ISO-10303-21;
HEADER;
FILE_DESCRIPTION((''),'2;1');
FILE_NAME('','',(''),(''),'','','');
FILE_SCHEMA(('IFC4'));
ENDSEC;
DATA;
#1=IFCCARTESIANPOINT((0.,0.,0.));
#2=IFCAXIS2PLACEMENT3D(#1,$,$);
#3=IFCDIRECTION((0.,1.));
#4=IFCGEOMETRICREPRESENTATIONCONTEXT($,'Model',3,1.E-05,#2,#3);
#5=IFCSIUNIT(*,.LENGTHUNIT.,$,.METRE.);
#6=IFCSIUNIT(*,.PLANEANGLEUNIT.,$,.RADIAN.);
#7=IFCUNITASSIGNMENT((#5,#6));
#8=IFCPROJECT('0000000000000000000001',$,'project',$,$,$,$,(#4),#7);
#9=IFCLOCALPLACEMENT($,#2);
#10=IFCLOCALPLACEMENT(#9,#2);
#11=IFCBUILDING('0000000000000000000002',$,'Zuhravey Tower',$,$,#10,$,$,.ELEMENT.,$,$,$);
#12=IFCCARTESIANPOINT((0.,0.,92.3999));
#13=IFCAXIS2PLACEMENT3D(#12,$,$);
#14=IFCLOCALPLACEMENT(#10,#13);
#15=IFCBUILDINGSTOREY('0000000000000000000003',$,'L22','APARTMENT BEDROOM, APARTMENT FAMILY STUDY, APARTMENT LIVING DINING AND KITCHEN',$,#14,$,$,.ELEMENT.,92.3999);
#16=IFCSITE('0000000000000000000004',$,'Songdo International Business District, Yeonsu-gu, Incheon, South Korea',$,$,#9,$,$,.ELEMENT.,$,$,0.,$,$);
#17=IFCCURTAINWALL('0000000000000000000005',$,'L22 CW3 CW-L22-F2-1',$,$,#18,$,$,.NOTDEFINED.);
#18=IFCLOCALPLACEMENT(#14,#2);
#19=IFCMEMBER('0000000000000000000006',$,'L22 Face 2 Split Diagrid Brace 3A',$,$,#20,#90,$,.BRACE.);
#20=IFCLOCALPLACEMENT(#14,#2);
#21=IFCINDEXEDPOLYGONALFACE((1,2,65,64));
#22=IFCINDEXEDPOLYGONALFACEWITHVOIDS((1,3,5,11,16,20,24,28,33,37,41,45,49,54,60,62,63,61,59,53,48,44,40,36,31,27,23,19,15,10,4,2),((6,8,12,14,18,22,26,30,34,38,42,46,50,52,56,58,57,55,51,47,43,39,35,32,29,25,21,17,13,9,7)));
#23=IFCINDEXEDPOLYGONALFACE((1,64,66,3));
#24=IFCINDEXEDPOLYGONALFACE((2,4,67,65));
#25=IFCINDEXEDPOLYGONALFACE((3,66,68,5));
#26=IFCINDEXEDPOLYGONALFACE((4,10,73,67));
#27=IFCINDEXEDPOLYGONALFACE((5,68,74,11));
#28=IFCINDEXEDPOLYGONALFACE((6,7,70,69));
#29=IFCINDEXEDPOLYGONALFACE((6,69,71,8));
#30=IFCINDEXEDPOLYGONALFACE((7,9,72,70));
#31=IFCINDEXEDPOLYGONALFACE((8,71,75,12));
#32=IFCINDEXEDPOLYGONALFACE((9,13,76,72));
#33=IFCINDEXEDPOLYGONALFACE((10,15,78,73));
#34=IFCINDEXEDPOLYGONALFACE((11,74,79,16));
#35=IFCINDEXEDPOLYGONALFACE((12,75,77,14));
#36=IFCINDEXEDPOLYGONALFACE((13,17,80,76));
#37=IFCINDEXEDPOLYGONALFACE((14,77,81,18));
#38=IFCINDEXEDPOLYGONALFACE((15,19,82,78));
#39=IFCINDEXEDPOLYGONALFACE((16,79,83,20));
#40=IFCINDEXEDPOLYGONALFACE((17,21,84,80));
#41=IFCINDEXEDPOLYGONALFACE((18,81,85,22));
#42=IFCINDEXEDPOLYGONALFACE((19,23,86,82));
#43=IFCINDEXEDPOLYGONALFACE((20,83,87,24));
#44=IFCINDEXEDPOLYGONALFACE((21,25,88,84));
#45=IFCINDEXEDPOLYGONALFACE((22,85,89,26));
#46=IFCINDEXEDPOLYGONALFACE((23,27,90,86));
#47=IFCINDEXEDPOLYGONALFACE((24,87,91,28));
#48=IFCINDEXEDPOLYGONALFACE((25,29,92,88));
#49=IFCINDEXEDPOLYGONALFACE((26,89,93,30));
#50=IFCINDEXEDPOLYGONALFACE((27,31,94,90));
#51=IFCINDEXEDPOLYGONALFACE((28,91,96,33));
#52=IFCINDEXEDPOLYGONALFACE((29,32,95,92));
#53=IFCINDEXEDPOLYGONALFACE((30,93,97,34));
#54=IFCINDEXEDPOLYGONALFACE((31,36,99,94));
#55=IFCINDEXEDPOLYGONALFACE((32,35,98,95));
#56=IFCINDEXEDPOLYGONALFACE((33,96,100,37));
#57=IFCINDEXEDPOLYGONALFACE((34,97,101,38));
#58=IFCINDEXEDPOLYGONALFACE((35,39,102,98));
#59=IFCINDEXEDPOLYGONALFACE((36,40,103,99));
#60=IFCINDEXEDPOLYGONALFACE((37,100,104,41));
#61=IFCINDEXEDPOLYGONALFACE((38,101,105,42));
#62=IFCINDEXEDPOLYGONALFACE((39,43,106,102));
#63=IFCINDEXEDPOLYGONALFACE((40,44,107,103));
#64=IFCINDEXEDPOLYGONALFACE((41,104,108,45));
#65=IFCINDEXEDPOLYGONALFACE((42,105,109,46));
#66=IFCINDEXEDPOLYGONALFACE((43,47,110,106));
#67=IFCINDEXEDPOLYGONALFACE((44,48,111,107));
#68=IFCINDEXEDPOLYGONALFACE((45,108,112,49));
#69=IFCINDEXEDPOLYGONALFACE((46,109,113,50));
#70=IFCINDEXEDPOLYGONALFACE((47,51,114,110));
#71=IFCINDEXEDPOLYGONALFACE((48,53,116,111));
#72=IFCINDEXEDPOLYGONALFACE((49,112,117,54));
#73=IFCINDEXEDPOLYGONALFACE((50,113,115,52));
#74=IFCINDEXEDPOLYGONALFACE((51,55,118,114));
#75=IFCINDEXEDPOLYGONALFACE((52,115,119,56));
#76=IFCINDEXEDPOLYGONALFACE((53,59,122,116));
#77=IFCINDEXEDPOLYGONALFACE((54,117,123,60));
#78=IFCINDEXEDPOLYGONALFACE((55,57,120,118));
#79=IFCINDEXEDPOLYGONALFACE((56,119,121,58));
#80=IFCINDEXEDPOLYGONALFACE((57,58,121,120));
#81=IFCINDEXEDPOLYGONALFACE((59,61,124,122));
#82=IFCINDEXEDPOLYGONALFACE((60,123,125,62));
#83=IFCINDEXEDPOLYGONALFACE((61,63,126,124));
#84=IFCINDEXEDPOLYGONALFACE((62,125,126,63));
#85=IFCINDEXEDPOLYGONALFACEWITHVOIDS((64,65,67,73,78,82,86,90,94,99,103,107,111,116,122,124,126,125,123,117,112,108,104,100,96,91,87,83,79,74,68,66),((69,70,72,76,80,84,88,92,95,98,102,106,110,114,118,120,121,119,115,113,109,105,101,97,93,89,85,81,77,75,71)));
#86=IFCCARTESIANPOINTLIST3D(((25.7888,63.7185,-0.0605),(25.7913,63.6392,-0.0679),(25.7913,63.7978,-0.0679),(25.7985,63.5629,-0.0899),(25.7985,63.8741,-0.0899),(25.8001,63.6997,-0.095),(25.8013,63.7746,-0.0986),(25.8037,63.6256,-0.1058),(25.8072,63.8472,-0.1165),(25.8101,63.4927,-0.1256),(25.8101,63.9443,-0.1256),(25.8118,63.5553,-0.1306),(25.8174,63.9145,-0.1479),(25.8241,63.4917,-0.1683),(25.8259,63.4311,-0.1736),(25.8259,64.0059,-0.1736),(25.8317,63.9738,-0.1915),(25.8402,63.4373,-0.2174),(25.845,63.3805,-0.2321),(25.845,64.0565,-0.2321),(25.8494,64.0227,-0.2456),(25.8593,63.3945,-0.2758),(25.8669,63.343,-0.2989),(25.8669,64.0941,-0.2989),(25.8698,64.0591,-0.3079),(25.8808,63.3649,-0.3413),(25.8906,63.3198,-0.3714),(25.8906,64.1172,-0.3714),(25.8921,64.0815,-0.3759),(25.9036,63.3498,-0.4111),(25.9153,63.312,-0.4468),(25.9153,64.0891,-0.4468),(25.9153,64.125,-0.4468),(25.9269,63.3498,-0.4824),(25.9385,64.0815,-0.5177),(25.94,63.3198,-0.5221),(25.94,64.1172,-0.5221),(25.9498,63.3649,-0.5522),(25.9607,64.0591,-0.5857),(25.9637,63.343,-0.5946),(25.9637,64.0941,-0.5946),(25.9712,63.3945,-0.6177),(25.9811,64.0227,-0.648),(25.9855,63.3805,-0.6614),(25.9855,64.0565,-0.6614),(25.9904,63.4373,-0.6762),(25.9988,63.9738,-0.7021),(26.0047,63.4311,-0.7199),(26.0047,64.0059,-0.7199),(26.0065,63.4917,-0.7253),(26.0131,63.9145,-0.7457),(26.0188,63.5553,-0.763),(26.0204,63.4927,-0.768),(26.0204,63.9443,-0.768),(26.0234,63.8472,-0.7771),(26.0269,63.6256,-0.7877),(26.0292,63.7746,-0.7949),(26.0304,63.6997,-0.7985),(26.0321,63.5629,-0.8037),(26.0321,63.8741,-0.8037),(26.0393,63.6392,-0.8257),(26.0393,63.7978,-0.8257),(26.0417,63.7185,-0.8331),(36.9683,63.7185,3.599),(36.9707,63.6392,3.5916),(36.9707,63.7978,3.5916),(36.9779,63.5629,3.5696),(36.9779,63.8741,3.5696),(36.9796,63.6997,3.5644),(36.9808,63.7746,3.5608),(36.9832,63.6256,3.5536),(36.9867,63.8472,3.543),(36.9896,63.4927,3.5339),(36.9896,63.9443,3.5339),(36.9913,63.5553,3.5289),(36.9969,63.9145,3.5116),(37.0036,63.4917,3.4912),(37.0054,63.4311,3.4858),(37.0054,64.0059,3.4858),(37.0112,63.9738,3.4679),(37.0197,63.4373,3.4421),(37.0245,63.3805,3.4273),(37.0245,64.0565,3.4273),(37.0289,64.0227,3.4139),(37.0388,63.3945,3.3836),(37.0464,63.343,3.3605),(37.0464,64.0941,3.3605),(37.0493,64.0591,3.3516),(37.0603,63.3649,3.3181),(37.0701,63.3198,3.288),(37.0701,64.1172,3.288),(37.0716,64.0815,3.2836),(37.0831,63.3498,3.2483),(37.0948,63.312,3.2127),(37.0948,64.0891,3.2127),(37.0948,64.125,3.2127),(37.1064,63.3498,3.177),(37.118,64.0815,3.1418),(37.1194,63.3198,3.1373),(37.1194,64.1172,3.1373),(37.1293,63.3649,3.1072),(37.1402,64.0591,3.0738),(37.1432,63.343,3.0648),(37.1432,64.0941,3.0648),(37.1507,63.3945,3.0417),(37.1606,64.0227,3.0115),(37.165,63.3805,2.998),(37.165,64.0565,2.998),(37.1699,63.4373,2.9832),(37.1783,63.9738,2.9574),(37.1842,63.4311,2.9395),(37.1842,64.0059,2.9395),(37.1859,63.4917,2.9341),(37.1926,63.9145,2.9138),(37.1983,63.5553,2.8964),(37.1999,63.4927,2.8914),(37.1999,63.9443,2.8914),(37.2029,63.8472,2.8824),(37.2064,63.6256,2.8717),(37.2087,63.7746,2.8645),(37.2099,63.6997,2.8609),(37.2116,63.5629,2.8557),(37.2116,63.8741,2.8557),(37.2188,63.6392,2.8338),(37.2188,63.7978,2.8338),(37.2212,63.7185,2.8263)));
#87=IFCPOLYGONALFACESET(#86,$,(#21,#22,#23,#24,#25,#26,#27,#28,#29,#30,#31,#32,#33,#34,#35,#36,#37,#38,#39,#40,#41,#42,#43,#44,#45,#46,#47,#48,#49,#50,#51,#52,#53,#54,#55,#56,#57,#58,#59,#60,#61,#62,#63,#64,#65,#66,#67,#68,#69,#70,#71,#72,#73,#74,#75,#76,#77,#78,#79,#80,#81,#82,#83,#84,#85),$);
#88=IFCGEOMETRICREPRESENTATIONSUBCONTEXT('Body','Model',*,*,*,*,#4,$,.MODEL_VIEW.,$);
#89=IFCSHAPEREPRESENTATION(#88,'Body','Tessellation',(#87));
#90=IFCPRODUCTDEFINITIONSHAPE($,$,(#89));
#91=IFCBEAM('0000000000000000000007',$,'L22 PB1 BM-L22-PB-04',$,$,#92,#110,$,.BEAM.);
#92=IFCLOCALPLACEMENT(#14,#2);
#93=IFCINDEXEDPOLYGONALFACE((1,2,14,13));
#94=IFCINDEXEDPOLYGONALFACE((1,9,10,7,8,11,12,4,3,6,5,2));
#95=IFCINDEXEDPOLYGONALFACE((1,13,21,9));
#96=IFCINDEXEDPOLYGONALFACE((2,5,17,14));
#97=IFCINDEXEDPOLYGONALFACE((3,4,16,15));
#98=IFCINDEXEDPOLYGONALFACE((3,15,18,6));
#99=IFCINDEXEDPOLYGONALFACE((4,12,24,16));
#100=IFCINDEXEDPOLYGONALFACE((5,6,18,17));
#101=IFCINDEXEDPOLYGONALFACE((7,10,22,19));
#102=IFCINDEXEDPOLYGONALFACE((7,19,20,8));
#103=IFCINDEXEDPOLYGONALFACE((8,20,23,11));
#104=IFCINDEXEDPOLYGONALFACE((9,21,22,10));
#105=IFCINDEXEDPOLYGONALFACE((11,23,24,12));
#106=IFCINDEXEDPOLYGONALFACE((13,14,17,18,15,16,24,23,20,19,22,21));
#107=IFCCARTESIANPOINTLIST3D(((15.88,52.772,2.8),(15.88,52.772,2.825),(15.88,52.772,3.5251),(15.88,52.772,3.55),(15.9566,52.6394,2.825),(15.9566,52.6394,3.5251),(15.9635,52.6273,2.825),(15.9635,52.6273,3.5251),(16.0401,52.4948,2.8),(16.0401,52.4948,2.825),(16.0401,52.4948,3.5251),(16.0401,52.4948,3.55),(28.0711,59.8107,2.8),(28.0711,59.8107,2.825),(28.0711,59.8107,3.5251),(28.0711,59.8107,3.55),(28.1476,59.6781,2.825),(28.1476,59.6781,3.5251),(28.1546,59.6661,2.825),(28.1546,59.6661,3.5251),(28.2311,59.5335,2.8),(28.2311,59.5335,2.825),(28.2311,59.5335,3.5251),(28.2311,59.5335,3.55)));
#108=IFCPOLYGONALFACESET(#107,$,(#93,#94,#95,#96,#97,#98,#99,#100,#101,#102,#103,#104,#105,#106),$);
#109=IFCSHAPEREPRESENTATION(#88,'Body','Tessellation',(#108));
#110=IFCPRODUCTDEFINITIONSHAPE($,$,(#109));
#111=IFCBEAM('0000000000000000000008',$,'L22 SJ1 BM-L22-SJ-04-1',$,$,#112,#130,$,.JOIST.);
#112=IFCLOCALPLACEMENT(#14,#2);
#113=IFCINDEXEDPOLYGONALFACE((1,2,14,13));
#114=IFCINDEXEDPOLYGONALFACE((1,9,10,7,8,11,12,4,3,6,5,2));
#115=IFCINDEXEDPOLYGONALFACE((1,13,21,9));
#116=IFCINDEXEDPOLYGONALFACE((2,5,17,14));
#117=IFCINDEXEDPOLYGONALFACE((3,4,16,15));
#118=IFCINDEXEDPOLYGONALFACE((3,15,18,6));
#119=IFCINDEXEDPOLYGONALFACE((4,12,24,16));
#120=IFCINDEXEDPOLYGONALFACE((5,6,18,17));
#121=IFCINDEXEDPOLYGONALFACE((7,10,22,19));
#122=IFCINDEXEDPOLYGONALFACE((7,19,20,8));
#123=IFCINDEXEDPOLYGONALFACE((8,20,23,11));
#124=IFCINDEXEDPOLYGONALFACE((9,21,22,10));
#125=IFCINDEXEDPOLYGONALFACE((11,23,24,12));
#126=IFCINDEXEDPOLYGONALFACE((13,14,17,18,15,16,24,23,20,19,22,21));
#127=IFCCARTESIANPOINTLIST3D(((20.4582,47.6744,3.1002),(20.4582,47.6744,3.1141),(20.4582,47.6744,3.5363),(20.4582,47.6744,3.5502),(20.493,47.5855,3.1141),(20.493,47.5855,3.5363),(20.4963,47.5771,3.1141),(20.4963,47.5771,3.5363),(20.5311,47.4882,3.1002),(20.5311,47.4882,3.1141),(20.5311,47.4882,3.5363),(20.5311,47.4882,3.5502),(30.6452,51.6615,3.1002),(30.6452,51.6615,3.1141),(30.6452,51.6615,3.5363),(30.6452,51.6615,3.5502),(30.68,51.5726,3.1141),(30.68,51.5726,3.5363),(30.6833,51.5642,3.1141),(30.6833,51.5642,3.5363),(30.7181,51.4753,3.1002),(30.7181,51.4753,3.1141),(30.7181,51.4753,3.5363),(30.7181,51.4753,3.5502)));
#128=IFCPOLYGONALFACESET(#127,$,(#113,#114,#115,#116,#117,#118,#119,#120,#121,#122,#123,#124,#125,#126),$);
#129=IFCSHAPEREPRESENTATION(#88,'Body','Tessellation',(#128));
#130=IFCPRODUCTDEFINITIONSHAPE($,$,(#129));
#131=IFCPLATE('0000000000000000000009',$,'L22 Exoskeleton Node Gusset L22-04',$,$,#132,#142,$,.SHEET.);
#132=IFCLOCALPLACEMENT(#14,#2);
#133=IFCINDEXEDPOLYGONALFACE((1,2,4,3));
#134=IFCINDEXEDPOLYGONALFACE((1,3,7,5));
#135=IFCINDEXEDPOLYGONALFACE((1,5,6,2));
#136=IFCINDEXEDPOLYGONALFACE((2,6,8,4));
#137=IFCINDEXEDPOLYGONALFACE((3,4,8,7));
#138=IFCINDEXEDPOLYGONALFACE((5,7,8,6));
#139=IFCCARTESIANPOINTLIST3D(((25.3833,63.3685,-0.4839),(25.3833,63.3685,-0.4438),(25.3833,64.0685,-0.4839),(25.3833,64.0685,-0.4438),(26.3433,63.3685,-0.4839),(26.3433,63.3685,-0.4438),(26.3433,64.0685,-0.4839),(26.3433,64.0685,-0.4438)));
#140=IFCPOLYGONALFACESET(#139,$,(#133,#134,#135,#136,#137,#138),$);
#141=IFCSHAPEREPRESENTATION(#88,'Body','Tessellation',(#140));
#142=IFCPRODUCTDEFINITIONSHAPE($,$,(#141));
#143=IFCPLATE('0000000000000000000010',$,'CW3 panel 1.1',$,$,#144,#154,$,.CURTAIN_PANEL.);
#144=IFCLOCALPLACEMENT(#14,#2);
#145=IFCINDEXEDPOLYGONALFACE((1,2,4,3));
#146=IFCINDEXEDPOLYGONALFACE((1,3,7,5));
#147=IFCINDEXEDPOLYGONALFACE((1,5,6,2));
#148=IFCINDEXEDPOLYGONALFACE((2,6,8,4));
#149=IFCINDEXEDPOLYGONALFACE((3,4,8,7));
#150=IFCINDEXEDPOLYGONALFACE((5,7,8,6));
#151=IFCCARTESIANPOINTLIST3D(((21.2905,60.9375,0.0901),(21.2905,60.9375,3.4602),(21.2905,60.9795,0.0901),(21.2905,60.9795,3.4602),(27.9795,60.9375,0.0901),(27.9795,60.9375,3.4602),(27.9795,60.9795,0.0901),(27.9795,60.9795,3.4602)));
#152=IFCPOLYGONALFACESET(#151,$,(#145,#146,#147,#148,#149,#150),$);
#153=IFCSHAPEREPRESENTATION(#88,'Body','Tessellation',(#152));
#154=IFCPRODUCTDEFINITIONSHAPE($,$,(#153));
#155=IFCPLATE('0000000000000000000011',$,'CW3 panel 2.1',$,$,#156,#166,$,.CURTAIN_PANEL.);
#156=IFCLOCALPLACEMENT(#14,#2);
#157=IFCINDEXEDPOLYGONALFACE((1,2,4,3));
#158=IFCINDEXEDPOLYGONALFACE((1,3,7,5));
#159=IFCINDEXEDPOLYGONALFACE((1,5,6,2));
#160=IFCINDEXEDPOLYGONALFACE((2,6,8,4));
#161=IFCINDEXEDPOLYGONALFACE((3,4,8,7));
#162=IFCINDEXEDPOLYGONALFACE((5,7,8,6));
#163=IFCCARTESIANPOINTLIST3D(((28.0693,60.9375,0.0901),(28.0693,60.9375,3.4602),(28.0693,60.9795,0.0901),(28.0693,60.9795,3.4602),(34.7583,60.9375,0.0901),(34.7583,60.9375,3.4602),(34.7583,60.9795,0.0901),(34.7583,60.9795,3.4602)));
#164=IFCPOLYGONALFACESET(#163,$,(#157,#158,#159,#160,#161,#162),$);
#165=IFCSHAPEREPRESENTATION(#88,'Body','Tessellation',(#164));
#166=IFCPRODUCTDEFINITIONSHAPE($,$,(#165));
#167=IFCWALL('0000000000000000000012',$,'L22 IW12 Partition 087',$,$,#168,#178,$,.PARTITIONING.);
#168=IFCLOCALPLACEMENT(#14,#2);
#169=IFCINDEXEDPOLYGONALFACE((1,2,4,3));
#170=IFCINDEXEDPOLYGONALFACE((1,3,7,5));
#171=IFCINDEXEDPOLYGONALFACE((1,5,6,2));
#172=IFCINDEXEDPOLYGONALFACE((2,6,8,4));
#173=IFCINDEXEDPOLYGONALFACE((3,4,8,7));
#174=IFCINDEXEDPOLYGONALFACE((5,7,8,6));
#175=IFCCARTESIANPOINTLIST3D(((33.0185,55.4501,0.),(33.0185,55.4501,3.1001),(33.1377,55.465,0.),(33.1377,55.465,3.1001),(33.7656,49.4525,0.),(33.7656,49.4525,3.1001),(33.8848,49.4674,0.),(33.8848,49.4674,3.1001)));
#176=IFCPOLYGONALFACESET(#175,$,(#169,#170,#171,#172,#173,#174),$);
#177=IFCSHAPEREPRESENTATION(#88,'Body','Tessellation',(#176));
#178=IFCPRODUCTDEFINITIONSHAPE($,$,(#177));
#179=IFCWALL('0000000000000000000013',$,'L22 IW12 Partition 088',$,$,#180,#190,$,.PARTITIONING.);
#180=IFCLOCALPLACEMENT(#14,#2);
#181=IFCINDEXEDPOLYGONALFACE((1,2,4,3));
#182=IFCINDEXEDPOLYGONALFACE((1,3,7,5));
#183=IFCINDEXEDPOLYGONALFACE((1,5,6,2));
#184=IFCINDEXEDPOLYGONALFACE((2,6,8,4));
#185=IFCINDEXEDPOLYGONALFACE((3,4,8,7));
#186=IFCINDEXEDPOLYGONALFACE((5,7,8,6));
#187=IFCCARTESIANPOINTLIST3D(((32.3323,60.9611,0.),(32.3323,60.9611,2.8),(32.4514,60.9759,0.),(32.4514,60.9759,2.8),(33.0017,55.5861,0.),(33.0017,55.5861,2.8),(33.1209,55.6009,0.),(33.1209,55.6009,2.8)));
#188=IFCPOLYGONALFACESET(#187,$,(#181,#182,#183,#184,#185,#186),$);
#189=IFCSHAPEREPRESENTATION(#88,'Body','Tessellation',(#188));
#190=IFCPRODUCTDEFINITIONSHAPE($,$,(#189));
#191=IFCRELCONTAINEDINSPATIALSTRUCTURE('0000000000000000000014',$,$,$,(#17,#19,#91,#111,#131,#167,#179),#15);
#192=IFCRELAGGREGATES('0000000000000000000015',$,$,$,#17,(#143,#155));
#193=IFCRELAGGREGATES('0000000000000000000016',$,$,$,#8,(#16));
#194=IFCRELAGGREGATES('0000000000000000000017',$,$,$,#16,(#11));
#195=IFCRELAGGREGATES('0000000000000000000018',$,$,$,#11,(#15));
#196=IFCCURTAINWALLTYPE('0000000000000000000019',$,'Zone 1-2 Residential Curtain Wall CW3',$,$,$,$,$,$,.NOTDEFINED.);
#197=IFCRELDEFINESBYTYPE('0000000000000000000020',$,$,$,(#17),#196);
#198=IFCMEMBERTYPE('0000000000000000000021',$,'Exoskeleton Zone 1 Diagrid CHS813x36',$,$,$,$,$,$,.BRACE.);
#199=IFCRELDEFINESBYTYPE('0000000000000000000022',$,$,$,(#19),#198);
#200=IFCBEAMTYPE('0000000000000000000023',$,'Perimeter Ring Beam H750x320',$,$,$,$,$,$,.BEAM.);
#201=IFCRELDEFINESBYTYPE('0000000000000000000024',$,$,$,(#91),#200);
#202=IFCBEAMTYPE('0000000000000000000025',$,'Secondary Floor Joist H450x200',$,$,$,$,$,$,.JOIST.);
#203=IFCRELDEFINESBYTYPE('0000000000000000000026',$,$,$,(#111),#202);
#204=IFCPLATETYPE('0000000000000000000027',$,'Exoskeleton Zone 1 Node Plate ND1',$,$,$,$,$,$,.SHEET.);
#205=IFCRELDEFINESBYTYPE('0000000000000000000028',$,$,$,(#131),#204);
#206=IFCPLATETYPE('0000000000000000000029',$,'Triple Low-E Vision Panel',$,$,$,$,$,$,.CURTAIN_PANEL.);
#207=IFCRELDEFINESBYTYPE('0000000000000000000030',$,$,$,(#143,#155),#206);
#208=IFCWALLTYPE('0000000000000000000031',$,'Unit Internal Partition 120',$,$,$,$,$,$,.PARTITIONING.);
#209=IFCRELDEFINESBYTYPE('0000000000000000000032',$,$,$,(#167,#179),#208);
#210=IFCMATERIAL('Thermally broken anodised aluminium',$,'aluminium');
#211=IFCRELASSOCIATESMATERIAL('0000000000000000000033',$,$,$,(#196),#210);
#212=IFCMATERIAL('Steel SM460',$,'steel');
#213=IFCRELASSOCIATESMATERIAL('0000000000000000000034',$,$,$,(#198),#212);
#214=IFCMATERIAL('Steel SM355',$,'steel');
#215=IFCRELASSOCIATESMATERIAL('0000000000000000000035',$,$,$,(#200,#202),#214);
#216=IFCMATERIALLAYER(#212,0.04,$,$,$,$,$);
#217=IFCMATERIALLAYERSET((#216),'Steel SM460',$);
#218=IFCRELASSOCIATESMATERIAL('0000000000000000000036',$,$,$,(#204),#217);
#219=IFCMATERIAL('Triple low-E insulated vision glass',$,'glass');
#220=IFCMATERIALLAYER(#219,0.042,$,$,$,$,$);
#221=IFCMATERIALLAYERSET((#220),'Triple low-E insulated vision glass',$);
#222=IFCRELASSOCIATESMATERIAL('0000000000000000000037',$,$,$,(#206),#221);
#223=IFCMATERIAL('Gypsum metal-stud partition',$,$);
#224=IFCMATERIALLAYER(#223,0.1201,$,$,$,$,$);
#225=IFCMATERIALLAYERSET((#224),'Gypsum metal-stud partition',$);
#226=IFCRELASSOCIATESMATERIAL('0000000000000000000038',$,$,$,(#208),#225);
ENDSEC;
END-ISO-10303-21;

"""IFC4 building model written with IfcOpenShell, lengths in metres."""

from ifc_helpers import new_model, si_unit, direction, frame, frame_2d, origin, origin_2d, place, context, subcontext, project, spatial, rectangle, hollow_circle, i_section, extrude, material, layer, layer_set, material_profile, profile_set, type_object, element, aggregate, save


model = new_model("IFC4")

# Units and contexts
model_context = context("Model", 3, precision=1e-05, world=origin(), true_north=direction((0.0, 1.0)))
body_context = subcontext(model_context, "Body", "Model", "MODEL_VIEW")
ifc_project = project(units=[si_unit("LENGTHUNIT", "METRE"), si_unit("PLANEANGLEUNIT", "RADIAN")], contexts=[model_context])

# Site, building, storey
site_placement = place(None, origin())
site = spatial("IfcSite", under=ifc_project, at=site_placement, Name="Songdo International Business District, Yeonsu-gu, Incheon, South Korea", CompositionType="ELEMENT", RefElevation=0.0)
building_placement = place(site_placement, origin())
building = spatial("IfcBuilding", under=site, at=building_placement, Name="Zuhravey Tower", CompositionType="ELEMENT")
storey_placement = place(building_placement, frame((0.0, 0.0, 92.3999)))
storey = spatial("IfcBuildingStorey", under=building, at=storey_placement, Name="L22", Description="APARTMENT BEDROOM, APARTMENT FAMILY STUDY, APARTMENT LIVING DINING AND KITCHEN", CompositionType="ELEMENT", Elevation=92.3999)

# Curtain wall
ifc_material_1 = material(Name="Thermally broken anodised aluminium", Category="aluminium")
curtain_wall_type = type_object("IfcCurtainWallType", Name="Zone 1-2 Residential Curtain Wall CW3", PredefinedType="NOTDEFINED", material=ifc_material_1)
curtain_wall_placement = place(storey_placement, origin())
curtain_wall = element("IfcCurtainWall", 1, at=curtain_wall_placement, inside=storey, type_object=curtain_wall_type, Name="L22 CW3 CW-L22-F2-1", PredefinedType="NOTDEFINED")

# Member
ifc_material_2 = material(Name="Steel SM460", Category="steel")
ifc_material_profile_1 = material_profile(ifc_material_2, hollow_circle(Radius=0.4065, WallThickness=0.0359, at=origin_2d()), Name="CHS-812.8x36")
ifc_profile_set_1 = profile_set([ifc_material_profile_1], Name="Steel SM460")
member_type_1 = type_object("IfcMemberType", Name="Exoskeleton Zone 1 Diagrid CHS813x36", PredefinedType="BRACE", material=ifc_profile_set_1)
member_1_placement = place(storey_placement, frame((25.9153, 63.7185, -0.4468), z_axis=(0.95038, 0.0, 0.311093), x_axis=(0.0, 1.0, 0.0)))
element("IfcMember", 2, at=member_1_placement, inside=storey, type_object=member_type_1, Name="L22 Face 2 Split Diagrid Brace 3A", PredefinedType="BRACE", context=body_context, shape_type="SweptSolid", body=[
    extrude(hollow_circle(Radius=0.4065, WallThickness=0.0359, at=origin_2d()), origin(), (0.0, 0.0, 1.0), 11.7632),
])

# Beams
ifc_material_3 = material(Name="Steel SM355", Category="steel")
ifc_material_profile_2 = material_profile(ifc_material_3, i_section(OverallWidth=0.3201, OverallDepth=0.75, WebThickness=0.0139, FlangeThickness=0.0249, at=origin_2d()), Name="H-750x320x14x25")
ifc_profile_set_2 = profile_set([ifc_material_profile_2], Name="Steel SM355")
beam_type_1 = type_object("IfcBeamType", Name="Perimeter Ring Beam H750x320", PredefinedType="BEAM", material=ifc_profile_set_2)
beam_1_placement = place(storey_placement, frame((28.1511, 59.6721, 3.175), z_axis=(-0.866018, -0.500013, 0.0), x_axis=(0.500013, -0.866018, 0.0)))
element("IfcBeam", 3, at=beam_1_placement, inside=storey, type_object=beam_type_1, Name="L22 PB1 BM-L22-PB-04", PredefinedType="BEAM", context=body_context, shape_type="SweptSolid", body=[
    extrude(i_section(OverallWidth=0.3201, OverallDepth=0.75, WebThickness=0.0139, FlangeThickness=0.0249, at=origin_2d()), origin(), (0.0, 0.0, 1.0), 14.0771),
])
ifc_material_profile_3 = material_profile(ifc_material_3, i_section(OverallWidth=0.2, OverallDepth=0.45, WebThickness=0.009, FlangeThickness=0.0139, at=origin_2d()), Name="H-450x200x9x14")
ifc_profile_set_3 = profile_set([ifc_material_profile_3], Name="Steel SM355")
beam_type_2 = type_object("IfcBeamType", Name="Secondary Floor Joist H450x200", PredefinedType="JOIST", material=ifc_profile_set_3)
beam_2_placement = place(storey_placement, frame((30.6816, 51.5684, 3.3252), z_axis=(-0.931217, -0.364466, 0.0), x_axis=(0.364466, -0.931217, 0.0)))
element("IfcBeam", 4, at=beam_2_placement, inside=storey, type_object=beam_type_2, Name="L22 SJ1 BM-L22-SJ-04-1", PredefinedType="JOIST", context=body_context, shape_type="SweptSolid", body=[
    extrude(i_section(OverallWidth=0.2, OverallDepth=0.45, WebThickness=0.009, FlangeThickness=0.0139, at=origin_2d()), origin(), (0.0, 0.0, 1.0), 10.9395),
])

# Plates
ifc_layer_1 = layer(ifc_material_2, 0.04)
ifc_layer_set_1 = layer_set([ifc_layer_1], Name="Steel SM460")
plate_type_1 = type_object("IfcPlateType", Name="Exoskeleton Zone 1 Node Plate ND1", PredefinedType="SHEET", material=ifc_layer_set_1)
plate_1_placement = place(storey_placement, frame((25.8633, 63.7185, -0.4839), z_axis=(0.0, 0.0, 1.0), x_axis=(-1.0, 0.0, 0.0)))
element("IfcPlate", 5, at=plate_1_placement, inside=storey, type_object=plate_type_1, Name="L22 Exoskeleton Node Gusset L22-04", PredefinedType="SHEET", context=body_context, shape_type="SweptSolid", body=[
    extrude(rectangle(XDim=0.96, YDim=0.7, at=origin_2d()), origin(), (0.0, 0.0, 1.0), 0.04),
])
ifc_material_4 = material(Name="Triple low-E insulated vision glass", Category="glass")
ifc_layer_2 = layer(ifc_material_4, 0.042)
ifc_layer_set_2 = layer_set([ifc_layer_2], Name="Triple low-E insulated vision glass")
plate_type_2 = type_object("IfcPlateType", Name="Triple Low-E Vision Panel", PredefinedType="CURTAIN_PANEL", material=ifc_layer_set_2)
plate_2_placement = place(storey_placement, frame((24.635, 60.9585, 0.0901), z_axis=(0.0, 0.0, 1.0), x_axis=(1.0, 0.0, 0.0)))
plate_2 = element("IfcPlate", 6, at=plate_2_placement, type_object=plate_type_2, Name="CW3 panel 1.1", PredefinedType="CURTAIN_PANEL", context=body_context, shape_type="SweptSolid", body=[
    extrude(rectangle(XDim=6.689, YDim=0.042, at=origin_2d()), origin(), (0.0, 0.0, 1.0), 3.3701),
])
plate_3_placement = place(storey_placement, frame((31.4138, 60.9585, 0.0901), z_axis=(0.0, 0.0, 1.0), x_axis=(1.0, 0.0, 0.0)))
plate_3 = element("IfcPlate", 7, at=plate_3_placement, type_object=plate_type_2, Name="CW3 panel 2.1", PredefinedType="CURTAIN_PANEL", context=body_context, shape_type="SweptSolid", body=[
    extrude(rectangle(XDim=6.689, YDim=0.042, at=origin_2d()), origin(), (0.0, 0.0, 1.0), 3.3701),
])
aggregate(curtain_wall, [plate_2, plate_3])

# Walls
ifc_material_5 = material(Name="Gypsum metal-stud partition")
ifc_layer_3 = layer(ifc_material_5, 0.1201)
ifc_layer_set_3 = layer_set([ifc_layer_3], Name="Gypsum metal-stud partition")
wall_type = type_object("IfcWallType", Name="Unit Internal Partition 120", PredefinedType="PARTITIONING", material=ifc_layer_set_3)
wall_1_placement = place(storey_placement, frame((33.8252, 49.46, 0.0), z_axis=(0.0, 0.0, 1.0), x_axis=(-0.123607, 0.992331, 0.0)))
element("IfcWall", 8, at=wall_1_placement, inside=storey, type_object=wall_type, Name="L22 IW12 Partition 087", PredefinedType="PARTITIONING", context=body_context, shape_type="SweptSolid", body=[
    extrude(rectangle(XDim=6.0439, YDim=0.1201, at=frame_2d((3.022, 0.0))), origin(), (0.0, 0.0, 1.0), 3.1001),
])
wall_2_placement = place(storey_placement, frame((33.0613, 55.5935, 0.0), z_axis=(0.0, 0.0, 1.0), x_axis=(-0.123591, 0.992333, 0.0)))
element("IfcWall", 9, at=wall_2_placement, inside=storey, type_object=wall_type, Name="L22 IW12 Partition 088", PredefinedType="PARTITIONING", context=body_context, shape_type="SweptSolid", body=[
    extrude(rectangle(XDim=5.4165, YDim=0.1201, at=frame_2d((2.7083, 0.0))), origin(), (0.0, 0.0, 1.0), 2.8),
])

save(model, "model.ifc")
